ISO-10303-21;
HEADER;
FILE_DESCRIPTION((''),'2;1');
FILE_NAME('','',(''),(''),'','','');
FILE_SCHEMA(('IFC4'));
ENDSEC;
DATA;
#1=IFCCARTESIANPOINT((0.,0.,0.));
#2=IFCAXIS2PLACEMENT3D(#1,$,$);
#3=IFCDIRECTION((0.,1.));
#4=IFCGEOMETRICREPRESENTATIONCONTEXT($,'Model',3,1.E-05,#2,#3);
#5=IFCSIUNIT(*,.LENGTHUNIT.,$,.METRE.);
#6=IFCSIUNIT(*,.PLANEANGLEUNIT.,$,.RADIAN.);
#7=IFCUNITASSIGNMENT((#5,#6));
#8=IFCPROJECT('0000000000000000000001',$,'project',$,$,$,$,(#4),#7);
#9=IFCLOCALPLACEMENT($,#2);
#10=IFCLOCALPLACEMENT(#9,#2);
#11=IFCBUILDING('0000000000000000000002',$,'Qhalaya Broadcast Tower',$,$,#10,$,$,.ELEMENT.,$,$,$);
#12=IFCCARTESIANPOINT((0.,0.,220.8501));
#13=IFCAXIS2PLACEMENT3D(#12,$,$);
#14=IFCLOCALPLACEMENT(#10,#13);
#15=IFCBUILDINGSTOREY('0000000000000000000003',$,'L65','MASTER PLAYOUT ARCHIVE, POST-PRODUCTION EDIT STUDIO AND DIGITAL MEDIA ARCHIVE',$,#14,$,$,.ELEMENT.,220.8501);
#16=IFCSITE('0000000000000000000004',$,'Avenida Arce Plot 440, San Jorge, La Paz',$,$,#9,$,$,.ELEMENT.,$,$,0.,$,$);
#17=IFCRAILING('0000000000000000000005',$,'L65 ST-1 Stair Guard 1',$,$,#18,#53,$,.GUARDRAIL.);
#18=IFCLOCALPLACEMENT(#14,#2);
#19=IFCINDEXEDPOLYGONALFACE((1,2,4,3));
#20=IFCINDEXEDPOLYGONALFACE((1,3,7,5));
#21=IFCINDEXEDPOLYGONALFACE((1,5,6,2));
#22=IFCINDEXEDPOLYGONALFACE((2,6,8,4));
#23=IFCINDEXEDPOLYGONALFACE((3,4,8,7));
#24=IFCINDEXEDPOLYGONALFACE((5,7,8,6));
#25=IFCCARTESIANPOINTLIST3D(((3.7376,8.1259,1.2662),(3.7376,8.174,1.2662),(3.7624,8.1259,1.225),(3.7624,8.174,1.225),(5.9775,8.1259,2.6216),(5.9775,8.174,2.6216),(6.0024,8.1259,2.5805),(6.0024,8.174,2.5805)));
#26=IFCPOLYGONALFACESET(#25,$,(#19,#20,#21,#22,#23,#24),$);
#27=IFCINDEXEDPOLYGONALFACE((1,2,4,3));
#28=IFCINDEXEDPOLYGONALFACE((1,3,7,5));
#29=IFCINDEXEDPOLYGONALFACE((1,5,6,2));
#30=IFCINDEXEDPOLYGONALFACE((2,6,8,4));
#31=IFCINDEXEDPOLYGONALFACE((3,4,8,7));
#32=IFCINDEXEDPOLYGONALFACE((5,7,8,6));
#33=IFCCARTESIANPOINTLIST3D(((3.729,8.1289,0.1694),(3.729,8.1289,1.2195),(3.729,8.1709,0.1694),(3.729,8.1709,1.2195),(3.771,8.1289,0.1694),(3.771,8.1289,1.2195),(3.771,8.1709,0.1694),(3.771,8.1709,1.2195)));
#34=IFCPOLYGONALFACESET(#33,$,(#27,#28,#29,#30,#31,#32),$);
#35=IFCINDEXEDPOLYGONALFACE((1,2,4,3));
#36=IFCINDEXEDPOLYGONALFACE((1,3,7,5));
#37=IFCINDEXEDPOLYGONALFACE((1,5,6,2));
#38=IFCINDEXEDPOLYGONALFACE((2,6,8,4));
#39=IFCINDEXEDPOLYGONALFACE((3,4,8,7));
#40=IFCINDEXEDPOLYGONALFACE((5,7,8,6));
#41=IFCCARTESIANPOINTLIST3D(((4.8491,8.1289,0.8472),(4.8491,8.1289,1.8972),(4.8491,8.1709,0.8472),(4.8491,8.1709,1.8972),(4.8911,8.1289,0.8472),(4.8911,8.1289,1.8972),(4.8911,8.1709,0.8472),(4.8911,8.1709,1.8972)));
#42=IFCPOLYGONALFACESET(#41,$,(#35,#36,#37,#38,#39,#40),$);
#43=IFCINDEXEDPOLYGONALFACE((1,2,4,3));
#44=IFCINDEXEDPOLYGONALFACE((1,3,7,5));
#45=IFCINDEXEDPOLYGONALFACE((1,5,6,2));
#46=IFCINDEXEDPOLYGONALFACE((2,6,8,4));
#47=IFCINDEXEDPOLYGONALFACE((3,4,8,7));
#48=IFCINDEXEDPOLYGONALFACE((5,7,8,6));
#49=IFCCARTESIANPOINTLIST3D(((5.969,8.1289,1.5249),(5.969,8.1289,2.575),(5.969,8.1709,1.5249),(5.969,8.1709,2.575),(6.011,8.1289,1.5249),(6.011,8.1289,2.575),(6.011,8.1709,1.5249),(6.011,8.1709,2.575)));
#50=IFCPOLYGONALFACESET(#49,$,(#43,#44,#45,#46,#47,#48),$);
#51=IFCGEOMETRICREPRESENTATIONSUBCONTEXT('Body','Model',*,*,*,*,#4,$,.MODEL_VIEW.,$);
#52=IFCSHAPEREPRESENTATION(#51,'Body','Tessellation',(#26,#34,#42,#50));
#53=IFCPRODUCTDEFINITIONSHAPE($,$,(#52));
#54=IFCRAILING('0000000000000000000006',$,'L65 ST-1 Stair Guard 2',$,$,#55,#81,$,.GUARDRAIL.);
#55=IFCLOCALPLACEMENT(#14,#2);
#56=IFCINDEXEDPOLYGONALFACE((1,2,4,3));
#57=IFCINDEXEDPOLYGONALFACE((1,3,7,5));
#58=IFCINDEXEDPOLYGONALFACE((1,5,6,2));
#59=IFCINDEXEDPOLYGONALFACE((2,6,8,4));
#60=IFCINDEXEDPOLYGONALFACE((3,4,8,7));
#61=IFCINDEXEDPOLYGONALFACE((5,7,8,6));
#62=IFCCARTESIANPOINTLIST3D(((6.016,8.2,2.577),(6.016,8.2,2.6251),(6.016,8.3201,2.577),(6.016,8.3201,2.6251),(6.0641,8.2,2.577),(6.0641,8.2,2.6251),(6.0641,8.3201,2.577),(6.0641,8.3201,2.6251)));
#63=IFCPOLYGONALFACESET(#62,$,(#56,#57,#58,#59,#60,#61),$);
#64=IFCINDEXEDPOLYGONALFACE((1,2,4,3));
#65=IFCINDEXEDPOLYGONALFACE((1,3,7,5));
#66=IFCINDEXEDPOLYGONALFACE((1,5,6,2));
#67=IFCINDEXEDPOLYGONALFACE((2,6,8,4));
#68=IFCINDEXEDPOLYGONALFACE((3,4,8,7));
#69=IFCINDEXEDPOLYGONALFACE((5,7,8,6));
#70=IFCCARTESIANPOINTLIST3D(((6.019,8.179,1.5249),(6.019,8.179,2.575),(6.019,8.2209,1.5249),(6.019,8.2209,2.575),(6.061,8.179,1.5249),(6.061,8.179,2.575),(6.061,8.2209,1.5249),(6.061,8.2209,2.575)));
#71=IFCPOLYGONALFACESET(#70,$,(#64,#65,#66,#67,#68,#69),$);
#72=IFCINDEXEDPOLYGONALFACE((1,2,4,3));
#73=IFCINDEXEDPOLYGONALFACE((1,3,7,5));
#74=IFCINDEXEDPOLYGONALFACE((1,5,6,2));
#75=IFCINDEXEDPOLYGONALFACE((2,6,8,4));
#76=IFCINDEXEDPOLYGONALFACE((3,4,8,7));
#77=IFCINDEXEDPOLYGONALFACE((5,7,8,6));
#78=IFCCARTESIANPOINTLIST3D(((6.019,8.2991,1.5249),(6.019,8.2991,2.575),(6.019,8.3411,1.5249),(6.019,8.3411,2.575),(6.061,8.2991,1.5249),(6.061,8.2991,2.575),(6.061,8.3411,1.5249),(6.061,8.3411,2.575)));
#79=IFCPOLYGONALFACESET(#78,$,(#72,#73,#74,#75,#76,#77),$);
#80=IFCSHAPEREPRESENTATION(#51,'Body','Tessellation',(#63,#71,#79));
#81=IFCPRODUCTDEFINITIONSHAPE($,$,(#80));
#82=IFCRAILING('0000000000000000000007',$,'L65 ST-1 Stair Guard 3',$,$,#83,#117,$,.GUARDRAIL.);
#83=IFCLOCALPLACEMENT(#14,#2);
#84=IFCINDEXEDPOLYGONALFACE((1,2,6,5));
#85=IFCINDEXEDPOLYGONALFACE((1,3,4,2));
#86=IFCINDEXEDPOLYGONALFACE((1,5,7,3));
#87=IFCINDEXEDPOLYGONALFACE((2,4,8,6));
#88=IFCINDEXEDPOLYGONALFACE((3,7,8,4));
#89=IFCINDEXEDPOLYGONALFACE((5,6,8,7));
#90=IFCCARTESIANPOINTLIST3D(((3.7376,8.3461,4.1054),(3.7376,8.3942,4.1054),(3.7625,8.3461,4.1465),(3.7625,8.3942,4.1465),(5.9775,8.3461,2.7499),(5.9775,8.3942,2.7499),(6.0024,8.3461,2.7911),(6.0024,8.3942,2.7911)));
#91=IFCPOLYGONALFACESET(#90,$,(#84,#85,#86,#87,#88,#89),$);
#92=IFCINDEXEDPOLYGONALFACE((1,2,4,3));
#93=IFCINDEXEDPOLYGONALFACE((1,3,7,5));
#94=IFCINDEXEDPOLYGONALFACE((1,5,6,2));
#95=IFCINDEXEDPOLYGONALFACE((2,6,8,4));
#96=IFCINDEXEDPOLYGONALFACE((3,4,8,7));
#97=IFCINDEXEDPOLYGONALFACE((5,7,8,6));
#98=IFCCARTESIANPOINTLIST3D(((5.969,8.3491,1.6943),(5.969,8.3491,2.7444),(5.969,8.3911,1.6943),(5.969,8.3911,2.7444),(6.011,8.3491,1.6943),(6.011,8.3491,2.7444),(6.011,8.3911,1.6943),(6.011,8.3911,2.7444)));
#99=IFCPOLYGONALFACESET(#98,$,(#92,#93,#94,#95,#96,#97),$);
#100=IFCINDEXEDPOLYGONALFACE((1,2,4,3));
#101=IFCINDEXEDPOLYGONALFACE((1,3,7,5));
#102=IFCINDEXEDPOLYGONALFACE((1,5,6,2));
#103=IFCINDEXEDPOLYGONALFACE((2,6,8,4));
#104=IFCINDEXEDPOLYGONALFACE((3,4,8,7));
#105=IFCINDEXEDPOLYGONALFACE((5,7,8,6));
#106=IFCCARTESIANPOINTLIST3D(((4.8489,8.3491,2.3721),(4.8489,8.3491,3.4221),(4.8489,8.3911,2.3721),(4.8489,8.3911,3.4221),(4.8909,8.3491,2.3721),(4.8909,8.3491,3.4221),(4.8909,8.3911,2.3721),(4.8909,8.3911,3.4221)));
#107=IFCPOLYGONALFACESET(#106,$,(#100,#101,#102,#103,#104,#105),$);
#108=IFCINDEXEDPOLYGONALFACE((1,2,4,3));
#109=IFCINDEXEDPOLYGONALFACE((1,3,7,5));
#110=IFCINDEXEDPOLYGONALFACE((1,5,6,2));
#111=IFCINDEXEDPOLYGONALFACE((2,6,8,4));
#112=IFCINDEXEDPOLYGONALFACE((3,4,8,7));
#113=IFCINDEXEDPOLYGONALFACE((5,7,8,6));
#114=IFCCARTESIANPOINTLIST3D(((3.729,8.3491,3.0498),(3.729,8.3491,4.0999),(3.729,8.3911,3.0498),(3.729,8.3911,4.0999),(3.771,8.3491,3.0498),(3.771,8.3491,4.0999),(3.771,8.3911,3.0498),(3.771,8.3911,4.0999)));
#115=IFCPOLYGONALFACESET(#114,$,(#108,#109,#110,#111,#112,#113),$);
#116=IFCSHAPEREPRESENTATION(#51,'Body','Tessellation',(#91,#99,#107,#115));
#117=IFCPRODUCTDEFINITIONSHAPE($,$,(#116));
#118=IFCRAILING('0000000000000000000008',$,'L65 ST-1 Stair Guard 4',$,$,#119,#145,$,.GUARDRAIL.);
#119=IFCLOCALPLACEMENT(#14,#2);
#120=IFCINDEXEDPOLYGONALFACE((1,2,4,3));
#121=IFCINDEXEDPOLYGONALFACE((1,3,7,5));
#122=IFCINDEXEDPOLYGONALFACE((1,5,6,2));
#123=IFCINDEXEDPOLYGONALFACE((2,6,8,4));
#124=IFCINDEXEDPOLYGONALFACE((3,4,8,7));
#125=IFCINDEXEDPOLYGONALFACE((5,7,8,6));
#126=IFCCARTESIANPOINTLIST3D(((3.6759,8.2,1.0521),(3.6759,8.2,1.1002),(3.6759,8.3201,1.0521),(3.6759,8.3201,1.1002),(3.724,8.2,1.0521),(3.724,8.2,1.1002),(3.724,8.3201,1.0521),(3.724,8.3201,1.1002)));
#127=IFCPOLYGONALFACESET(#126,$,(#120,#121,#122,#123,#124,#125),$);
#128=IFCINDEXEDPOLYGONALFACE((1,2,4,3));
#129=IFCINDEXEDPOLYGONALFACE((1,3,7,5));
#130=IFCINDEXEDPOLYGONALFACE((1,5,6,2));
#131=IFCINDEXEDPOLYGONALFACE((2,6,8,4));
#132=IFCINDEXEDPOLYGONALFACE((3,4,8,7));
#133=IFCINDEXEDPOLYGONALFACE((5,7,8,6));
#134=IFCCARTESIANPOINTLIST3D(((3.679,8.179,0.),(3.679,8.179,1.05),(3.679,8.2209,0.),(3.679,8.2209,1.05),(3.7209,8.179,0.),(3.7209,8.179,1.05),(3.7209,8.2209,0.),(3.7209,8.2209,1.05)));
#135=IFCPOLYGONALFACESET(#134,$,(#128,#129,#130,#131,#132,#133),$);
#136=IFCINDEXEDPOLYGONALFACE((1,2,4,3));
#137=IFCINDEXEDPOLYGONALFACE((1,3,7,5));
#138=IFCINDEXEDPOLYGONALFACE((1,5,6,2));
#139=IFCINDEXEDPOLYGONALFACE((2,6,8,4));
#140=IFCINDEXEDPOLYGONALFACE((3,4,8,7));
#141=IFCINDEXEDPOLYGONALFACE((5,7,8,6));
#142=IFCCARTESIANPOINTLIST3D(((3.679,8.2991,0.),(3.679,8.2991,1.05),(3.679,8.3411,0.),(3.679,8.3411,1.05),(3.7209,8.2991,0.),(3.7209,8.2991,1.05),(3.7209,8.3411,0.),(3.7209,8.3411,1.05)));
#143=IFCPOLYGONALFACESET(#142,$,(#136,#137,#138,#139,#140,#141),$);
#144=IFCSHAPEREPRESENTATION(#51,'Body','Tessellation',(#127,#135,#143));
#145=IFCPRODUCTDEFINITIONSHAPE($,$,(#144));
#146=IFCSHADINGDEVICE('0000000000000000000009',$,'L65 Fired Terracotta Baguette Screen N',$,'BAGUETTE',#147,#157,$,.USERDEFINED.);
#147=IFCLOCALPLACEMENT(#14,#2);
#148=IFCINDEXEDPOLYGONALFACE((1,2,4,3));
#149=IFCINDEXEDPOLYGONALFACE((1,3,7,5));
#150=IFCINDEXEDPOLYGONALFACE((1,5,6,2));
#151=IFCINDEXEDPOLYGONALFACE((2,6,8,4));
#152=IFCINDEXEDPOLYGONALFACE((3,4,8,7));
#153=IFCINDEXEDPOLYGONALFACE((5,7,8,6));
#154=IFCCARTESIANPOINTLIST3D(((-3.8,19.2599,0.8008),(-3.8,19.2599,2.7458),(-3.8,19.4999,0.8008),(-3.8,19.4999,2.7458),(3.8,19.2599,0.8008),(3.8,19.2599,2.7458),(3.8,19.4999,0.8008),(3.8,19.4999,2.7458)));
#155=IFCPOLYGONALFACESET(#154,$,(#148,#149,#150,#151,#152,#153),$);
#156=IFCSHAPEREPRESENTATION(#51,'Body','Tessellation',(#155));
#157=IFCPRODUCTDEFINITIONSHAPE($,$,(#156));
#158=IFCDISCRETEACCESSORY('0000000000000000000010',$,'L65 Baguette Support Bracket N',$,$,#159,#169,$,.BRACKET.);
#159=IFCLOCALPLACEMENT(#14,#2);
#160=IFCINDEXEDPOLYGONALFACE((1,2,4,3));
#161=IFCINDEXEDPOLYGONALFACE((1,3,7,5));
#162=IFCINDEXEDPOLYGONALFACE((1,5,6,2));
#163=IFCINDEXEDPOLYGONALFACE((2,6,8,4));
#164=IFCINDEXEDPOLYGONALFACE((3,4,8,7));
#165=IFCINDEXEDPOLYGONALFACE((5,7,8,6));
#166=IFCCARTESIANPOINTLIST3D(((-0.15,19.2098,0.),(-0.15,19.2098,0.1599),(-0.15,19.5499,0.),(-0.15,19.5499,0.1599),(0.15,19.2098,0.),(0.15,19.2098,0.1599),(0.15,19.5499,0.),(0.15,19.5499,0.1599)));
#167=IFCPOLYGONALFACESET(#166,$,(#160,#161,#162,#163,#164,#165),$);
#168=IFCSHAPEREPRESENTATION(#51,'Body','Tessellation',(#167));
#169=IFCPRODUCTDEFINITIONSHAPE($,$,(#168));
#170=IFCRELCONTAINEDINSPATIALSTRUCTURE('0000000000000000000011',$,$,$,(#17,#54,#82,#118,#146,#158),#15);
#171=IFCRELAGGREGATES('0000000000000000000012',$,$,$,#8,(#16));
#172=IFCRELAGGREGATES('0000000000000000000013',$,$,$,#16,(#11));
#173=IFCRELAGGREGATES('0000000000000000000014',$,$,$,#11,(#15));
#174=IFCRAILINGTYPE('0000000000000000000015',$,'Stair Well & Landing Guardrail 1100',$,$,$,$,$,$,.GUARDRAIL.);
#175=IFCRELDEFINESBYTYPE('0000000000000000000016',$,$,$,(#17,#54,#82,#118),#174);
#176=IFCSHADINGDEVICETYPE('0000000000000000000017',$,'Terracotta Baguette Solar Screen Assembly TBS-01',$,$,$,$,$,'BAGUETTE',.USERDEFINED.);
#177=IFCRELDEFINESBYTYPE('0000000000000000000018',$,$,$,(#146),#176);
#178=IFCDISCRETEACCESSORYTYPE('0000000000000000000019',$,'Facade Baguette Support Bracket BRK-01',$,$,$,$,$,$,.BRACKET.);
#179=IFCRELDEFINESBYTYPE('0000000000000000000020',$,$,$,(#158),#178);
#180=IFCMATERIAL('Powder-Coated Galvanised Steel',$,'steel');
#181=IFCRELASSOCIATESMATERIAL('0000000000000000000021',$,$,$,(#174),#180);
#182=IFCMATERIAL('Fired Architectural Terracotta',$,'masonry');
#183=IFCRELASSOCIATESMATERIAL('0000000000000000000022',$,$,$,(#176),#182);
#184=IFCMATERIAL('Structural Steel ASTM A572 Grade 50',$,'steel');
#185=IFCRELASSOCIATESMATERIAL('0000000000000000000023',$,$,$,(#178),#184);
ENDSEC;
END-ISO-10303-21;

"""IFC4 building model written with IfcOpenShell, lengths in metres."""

from ifc_helpers import new_model, si_unit, direction, frame, origin, origin_2d, place, context, subcontext, project, spatial, rectangle, extrude, material, type_object, element, save


model = new_model("IFC4")

# Units and contexts
model_context = context("Model", 3, precision=1e-05, world=origin(), true_north=direction((0.0, 1.0)))
body_context = subcontext(model_context, "Body", "Model", "MODEL_VIEW")
ifc_project = project(units=[si_unit("LENGTHUNIT", "METRE"), si_unit("PLANEANGLEUNIT", "RADIAN")], contexts=[model_context])

# Site, building, storey
site_placement = place(None, origin())
site = spatial("IfcSite", under=ifc_project, at=site_placement, Name="Avenida Arce Plot 440, San Jorge, La Paz", CompositionType="ELEMENT", RefElevation=0.0)
building_placement = place(site_placement, origin())
building = spatial("IfcBuilding", under=site, at=building_placement, Name="Qhalaya Broadcast Tower", CompositionType="ELEMENT")
storey_placement = place(building_placement, frame((0.0, 0.0, 220.8501)))
storey = spatial("IfcBuildingStorey", under=building, at=storey_placement, Name="L65", Description="MASTER PLAYOUT ARCHIVE, POST-PRODUCTION EDIT STUDIO AND DIGITAL MEDIA ARCHIVE", CompositionType="ELEMENT", Elevation=220.8501)

# Shared definitions
ifc_material_1 = material(Name="Structural Steel ASTM A572 Grade 50", Category="steel")

# Railings
ifc_material_2 = material(Name="Powder-Coated Galvanised Steel", Category="steel")
railing_type_1 = type_object("IfcRailingType", Name="Stair Well & Landing Guardrail 1100", PredefinedType="GUARDRAIL", material=ifc_material_2)
railing_1_placement = place(storey_placement, frame((3.75, 8.1499, 0.1694)))
element("IfcRailing", 1, at=railing_1_placement, inside=storey, type_object=railing_type_1, Name="L65 ST-1 Stair Guard 1", PredefinedType="GUARDRAIL", context=body_context, shape_type="SweptSolid", body=[
    extrude(rectangle(XDim=0.0481, YDim=0.0481, at=origin_2d()), frame((0.0, 0.0, 1.0762), z_axis=(0.855553, 0.0, 0.517715), x_axis=(0.0, 1.0, 0.0)), (0.0, 0.0, 1.0), 2.6182),
    extrude(rectangle(XDim=0.042, YDim=0.042, at=origin_2d()), origin(), (0.0, 0.0, 1.0), 1.05),
    extrude(rectangle(XDim=0.042, YDim=0.042, at=origin_2d()), frame((1.1201, 0.0, 0.6777)), (0.0, 0.0, 1.0), 1.05),
    extrude(rectangle(XDim=0.042, YDim=0.042, at=origin_2d()), frame((2.24, 0.0, 1.3555)), (0.0, 0.0, 1.0), 1.05),
])
railing_2_placement = place(storey_placement, frame((6.04, 8.2, 1.5249)))
element("IfcRailing", 2, at=railing_2_placement, inside=storey, type_object=railing_type_1, Name="L65 ST-1 Stair Guard 2", PredefinedType="GUARDRAIL", context=body_context, shape_type="SweptSolid", body=[
    extrude(rectangle(XDim=0.0481, YDim=0.0481, at=origin_2d()), frame((0.0, 0.0, 1.0762), z_axis=(0.0, 1.0, 0.0), x_axis=(-1.0, 0.0, 0.0)), (0.0, 0.0, 1.0), 0.1201),
    extrude(rectangle(XDim=0.042, YDim=0.042, at=origin_2d()), origin(), (0.0, 0.0, 1.0), 1.05),
    extrude(rectangle(XDim=0.042, YDim=0.042, at=origin_2d()), frame((0.0, 0.1201, 0.0)), (0.0, 0.0, 1.0), 1.05),
])
railing_3_placement = place(storey_placement, frame((5.99, 8.3701, 1.6943)))
element("IfcRailing", 3, at=railing_3_placement, inside=storey, type_object=railing_type_1, Name="L65 ST-1 Stair Guard 3", PredefinedType="GUARDRAIL", context=body_context, shape_type="SweptSolid", body=[
    extrude(rectangle(XDim=0.0481, YDim=0.0481, at=origin_2d()), frame((0.0, 0.0, 1.0762), z_axis=(-0.855553, 0.0, 0.517715), x_axis=(0.0, -1.0, 0.0)), (0.0, 0.0, 1.0), 2.6182),
    extrude(rectangle(XDim=0.042, YDim=0.042, at=origin_2d()), origin(), (0.0, 0.0, 1.0), 1.05),
    extrude(rectangle(XDim=0.042, YDim=0.042, at=origin_2d()), frame((-1.1201, 0.0, 0.6777)), (0.0, 0.0, 1.0), 1.05),
    extrude(rectangle(XDim=0.042, YDim=0.042, at=origin_2d()), frame((-2.24, 0.0, 1.3555)), (0.0, 0.0, 1.0), 1.05),
])
railing_4_placement = place(storey_placement, frame((3.7, 8.2, 0.0)))
element("IfcRailing", 4, at=railing_4_placement, inside=storey, type_object=railing_type_1, Name="L65 ST-1 Stair Guard 4", PredefinedType="GUARDRAIL", context=body_context, shape_type="SweptSolid", body=[
    extrude(rectangle(XDim=0.0481, YDim=0.0481, at=origin_2d()), frame((0.0, 0.0, 1.0762), z_axis=(0.0, 1.0, 0.0), x_axis=(-1.0, 0.0, 0.0)), (0.0, 0.0, 1.0), 0.1201),
    extrude(rectangle(XDim=0.042, YDim=0.042, at=origin_2d()), origin(), (0.0, 0.0, 1.0), 1.05),
    extrude(rectangle(XDim=0.042, YDim=0.042, at=origin_2d()), frame((0.0, 0.1201, 0.0)), (0.0, 0.0, 1.0), 1.05),
])

# Shading device
ifc_material_3 = material(Name="Fired Architectural Terracotta", Category="masonry")
shading_device_type = type_object("IfcShadingDeviceType", Name="Terracotta Baguette Solar Screen Assembly TBS-01", ElementType="BAGUETTE", PredefinedType="USERDEFINED", material=ifc_material_3)
shading_device_placement = place(storey_placement, frame((0.0, 19.3799, 0.8008), z_axis=(0.0, 0.0, 1.0), x_axis=(-1.0, 0.0, 0.0)))
element("IfcShadingDevice", 5, at=shading_device_placement, inside=storey, type_object=shading_device_type, Name="L65 Fired Terracotta Baguette Screen N", ObjectType="BAGUETTE", PredefinedType="USERDEFINED", context=body_context, shape_type="SweptSolid", body=[
    extrude(rectangle(XDim=7.6001, YDim=0.24, at=origin_2d()), origin(), (0.0, 0.0, 1.0), 1.9451),
])

# Discrete accessory
discrete_accessory_type = type_object("IfcDiscreteAccessoryType", Name="Facade Baguette Support Bracket BRK-01", PredefinedType="BRACKET", material=ifc_material_1)
discrete_accessory_placement = place(storey_placement, frame((0.0, 19.3799, 0.0), z_axis=(0.0, 0.0, 1.0), x_axis=(-1.0, 0.0, 0.0)))
element("IfcDiscreteAccessory", 6, at=discrete_accessory_placement, inside=storey, type_object=discrete_accessory_type, Name="L65 Baguette Support Bracket N", PredefinedType="BRACKET", context=body_context, shape_type="SweptSolid", body=[
    extrude(rectangle(XDim=0.3, YDim=0.3401, at=origin_2d()), origin(), (0.0, 0.0, 1.0), 0.1599),
])

save(model, "model.ifc")
